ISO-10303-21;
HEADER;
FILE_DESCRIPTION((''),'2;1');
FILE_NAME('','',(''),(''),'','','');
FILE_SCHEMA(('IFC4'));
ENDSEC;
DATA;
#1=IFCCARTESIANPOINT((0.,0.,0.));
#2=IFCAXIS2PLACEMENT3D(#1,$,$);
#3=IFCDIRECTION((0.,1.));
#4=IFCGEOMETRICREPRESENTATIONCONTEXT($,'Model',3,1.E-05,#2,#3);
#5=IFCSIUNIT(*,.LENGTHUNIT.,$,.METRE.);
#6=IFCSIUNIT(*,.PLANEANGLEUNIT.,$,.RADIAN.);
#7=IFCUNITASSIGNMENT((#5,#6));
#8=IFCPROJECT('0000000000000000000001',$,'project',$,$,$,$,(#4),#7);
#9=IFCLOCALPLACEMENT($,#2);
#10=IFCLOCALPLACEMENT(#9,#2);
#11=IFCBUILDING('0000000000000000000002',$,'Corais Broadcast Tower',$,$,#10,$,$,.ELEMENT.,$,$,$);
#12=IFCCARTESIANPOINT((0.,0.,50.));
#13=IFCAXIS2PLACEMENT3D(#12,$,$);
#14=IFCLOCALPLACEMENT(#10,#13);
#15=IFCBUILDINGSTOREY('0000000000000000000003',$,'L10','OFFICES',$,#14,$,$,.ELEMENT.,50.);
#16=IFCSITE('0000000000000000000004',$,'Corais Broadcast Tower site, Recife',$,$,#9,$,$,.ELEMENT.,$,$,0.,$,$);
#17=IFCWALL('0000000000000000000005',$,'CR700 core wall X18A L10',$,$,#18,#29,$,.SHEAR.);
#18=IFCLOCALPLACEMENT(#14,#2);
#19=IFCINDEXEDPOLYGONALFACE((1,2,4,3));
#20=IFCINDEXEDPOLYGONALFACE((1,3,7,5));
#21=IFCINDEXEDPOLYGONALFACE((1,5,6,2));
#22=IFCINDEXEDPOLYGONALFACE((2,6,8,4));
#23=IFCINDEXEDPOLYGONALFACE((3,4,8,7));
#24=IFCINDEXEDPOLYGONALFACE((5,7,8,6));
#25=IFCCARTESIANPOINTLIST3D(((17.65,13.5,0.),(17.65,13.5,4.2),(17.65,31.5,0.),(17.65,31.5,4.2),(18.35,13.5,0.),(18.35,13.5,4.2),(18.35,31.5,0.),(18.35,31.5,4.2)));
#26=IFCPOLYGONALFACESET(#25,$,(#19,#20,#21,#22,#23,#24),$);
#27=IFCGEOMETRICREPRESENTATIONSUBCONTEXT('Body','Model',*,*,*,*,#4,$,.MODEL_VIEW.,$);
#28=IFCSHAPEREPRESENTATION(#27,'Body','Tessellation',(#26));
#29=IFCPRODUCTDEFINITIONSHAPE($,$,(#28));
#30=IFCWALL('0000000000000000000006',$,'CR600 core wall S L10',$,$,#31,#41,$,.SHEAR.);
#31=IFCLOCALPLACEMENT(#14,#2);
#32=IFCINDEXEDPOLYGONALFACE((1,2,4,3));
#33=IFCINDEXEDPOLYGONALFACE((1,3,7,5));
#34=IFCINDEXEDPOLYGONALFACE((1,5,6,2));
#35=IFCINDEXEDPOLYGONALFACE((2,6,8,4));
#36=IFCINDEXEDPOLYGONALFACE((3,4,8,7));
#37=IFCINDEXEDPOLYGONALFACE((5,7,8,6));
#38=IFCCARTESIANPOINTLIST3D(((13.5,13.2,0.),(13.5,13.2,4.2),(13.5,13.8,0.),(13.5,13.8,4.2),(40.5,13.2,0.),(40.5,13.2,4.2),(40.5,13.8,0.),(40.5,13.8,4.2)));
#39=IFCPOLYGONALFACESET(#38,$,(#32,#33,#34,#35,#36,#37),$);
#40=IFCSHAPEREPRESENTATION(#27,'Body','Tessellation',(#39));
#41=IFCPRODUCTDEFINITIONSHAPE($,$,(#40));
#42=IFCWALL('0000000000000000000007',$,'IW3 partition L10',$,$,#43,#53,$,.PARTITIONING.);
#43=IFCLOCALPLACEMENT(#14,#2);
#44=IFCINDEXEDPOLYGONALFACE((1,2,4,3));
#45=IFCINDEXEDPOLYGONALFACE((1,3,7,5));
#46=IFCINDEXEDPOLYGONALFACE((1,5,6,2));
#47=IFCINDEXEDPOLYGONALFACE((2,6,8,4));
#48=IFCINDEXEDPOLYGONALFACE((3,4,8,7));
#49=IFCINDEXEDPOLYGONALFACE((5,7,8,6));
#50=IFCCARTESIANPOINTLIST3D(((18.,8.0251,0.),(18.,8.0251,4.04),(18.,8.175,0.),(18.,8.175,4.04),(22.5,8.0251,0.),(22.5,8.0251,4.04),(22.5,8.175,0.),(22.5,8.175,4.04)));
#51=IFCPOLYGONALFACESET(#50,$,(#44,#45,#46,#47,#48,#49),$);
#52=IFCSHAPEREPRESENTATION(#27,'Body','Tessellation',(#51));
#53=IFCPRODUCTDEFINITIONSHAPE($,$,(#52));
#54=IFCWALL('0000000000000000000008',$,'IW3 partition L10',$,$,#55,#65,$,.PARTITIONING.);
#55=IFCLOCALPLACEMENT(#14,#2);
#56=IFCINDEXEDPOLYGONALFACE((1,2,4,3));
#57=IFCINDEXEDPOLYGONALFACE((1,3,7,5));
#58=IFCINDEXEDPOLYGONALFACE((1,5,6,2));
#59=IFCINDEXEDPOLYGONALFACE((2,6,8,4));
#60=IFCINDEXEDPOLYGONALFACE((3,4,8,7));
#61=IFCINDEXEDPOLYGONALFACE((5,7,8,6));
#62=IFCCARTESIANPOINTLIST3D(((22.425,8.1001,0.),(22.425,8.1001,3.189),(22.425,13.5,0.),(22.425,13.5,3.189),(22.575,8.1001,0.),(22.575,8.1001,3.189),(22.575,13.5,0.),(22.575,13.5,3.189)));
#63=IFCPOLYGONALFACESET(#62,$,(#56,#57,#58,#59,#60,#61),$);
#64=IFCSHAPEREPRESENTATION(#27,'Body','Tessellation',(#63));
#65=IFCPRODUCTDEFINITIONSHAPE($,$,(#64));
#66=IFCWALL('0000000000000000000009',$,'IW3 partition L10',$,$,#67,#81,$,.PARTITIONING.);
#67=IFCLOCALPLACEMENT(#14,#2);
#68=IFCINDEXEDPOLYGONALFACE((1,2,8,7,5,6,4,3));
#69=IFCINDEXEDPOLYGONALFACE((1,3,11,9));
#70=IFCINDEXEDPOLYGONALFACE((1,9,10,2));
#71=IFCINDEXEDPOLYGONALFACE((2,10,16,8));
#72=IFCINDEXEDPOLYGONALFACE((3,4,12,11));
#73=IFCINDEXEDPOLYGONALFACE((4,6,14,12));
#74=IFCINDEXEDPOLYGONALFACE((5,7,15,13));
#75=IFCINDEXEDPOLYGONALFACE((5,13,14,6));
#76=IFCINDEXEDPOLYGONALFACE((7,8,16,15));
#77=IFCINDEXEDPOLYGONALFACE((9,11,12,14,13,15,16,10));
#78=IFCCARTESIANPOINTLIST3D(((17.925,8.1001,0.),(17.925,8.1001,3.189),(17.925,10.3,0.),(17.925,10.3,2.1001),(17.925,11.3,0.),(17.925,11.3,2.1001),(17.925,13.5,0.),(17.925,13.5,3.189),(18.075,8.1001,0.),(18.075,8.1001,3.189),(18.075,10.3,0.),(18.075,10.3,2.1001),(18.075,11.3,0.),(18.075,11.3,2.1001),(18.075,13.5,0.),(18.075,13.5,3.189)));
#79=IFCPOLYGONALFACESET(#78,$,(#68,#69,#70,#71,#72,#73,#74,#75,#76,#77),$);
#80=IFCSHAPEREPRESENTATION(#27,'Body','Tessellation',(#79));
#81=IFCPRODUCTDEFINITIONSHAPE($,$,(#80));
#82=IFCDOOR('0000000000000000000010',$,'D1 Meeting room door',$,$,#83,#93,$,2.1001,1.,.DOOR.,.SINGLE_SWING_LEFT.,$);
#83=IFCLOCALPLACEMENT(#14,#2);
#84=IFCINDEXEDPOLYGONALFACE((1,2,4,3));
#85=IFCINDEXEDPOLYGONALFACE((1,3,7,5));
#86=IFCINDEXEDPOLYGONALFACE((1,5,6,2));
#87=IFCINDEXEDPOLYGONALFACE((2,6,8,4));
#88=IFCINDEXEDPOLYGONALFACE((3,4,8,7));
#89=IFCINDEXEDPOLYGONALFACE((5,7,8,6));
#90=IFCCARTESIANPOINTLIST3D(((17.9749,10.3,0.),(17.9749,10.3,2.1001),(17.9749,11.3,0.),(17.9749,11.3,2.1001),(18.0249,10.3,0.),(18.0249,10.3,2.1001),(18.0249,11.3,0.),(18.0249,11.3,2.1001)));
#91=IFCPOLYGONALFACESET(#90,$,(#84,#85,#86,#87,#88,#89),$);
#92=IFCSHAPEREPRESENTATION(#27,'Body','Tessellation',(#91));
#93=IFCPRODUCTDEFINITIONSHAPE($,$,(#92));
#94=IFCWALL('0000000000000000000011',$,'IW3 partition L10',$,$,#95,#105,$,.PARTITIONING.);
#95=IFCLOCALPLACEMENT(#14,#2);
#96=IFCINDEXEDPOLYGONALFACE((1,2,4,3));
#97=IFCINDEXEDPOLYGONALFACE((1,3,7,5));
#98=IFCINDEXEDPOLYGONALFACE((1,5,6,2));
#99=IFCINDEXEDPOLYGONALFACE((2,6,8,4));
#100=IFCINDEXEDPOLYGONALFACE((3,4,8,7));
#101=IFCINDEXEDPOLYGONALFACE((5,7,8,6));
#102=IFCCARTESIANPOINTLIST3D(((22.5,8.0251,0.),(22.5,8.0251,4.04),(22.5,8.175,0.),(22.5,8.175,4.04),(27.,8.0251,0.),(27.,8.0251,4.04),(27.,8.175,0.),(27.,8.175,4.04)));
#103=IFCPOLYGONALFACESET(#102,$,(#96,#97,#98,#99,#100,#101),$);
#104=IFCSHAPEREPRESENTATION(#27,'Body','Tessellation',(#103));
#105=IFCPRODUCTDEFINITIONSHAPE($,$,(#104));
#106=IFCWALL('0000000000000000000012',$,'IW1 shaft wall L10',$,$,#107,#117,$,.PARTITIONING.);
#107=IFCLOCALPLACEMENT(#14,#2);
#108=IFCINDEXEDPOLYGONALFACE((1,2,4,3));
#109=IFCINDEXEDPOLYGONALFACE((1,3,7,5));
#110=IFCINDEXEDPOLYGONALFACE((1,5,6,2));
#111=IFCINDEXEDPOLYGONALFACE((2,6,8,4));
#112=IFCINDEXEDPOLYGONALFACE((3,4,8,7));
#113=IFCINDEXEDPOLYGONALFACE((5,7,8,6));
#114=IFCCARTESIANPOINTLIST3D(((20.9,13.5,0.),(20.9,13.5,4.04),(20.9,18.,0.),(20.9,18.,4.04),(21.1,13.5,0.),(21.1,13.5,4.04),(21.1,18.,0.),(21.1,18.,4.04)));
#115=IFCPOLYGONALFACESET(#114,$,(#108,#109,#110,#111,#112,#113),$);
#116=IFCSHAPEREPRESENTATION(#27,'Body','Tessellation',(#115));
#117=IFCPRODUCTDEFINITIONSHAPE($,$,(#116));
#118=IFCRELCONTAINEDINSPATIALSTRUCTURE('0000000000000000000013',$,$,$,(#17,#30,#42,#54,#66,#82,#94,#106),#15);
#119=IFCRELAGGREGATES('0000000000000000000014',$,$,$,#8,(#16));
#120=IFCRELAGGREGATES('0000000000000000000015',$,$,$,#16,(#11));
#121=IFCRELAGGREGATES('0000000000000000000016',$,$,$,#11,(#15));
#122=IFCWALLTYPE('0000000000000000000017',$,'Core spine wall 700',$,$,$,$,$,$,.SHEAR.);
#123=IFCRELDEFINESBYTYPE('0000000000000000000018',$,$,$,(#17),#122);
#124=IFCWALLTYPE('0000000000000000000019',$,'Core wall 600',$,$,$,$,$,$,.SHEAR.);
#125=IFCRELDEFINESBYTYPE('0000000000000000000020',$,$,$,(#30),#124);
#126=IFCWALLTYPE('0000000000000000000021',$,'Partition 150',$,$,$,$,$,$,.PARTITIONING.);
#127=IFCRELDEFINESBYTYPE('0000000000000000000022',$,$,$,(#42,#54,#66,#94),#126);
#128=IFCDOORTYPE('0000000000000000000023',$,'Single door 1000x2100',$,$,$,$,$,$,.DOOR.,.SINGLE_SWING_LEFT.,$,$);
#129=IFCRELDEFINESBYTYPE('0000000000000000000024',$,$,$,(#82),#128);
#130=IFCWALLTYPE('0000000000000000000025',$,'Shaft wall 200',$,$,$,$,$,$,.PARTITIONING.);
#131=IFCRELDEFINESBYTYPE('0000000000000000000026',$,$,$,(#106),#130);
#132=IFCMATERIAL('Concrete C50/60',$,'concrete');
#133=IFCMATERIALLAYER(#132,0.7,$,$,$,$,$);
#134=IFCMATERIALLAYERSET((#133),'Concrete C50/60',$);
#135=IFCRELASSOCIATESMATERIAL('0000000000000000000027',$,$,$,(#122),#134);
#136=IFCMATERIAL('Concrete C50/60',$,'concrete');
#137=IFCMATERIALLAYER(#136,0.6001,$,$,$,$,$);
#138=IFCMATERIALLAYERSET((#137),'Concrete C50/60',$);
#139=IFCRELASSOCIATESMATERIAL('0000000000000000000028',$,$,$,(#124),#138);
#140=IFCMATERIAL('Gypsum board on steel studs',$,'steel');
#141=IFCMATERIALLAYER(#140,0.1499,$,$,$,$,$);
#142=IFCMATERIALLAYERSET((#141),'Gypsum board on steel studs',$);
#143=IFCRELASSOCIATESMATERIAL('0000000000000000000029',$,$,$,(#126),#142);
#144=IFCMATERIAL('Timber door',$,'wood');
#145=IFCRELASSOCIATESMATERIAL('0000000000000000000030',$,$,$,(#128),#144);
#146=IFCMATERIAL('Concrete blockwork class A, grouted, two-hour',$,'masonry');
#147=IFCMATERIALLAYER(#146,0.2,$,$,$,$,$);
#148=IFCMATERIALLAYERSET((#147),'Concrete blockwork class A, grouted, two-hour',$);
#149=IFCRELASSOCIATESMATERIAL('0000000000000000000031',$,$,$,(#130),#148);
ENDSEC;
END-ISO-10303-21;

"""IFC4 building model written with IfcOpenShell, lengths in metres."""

from ifc_helpers import new_model, si_unit, direction, frame, frame_2d, origin, place, context, subcontext, project, spatial, rectangle, extrude, material, layer, layer_set, type_object, element, fill, save


model = new_model("IFC4")

# Units and contexts
model_context = context("Model", 3, precision=1e-05, world=origin(), true_north=direction((0.0, 1.0)))
body_context = subcontext(model_context, "Body", "Model", "MODEL_VIEW")
ifc_project = project(units=[si_unit("LENGTHUNIT", "METRE"), si_unit("PLANEANGLEUNIT", "RADIAN")], contexts=[model_context])

# Site, building, storey
site_placement = place(None, origin())
site = spatial("IfcSite", under=ifc_project, at=site_placement, Name="Corais Broadcast Tower site, Recife", CompositionType="ELEMENT", RefElevation=0.0)
building_placement = place(site_placement, origin())
building = spatial("IfcBuilding", under=site, at=building_placement, Name="Corais Broadcast Tower", CompositionType="ELEMENT")
storey_placement = place(building_placement, frame((0.0, 0.0, 50.0)))
storey = spatial("IfcBuildingStorey", under=building, at=storey_placement, Name="L10", Description="OFFICES", CompositionType="ELEMENT", Elevation=50.0)

# Walls
ifc_material_1 = material(Name="Concrete C50/60", Category="concrete")
ifc_layer_1 = layer(ifc_material_1, 0.7)
ifc_layer_set_1 = layer_set([ifc_layer_1], Name="Concrete C50/60")
wall_type_1 = type_object("IfcWallType", Name="Core spine wall 700", PredefinedType="SHEAR", material=ifc_layer_set_1)
wall_1_placement = place(storey_placement, frame((18.0, 13.5, 0.0), z_axis=(0.0, 0.0, 1.0), x_axis=(0.0, 1.0, 0.0)))
element("IfcWall", 1, at=wall_1_placement, inside=storey, type_object=wall_type_1, Name="CR700 core wall X18A L10", PredefinedType="SHEAR", context=body_context, shape_type="SweptSolid", body=[
    extrude(rectangle(XDim=18.0, YDim=0.7, at=frame_2d((9.0, 0.0))), origin(), (0.0, 0.0, 1.0), 4.2),
])
ifc_material_2 = material(Name="Concrete C50/60", Category="concrete")
ifc_layer_2 = layer(ifc_material_2, 0.6001)
ifc_layer_set_2 = layer_set([ifc_layer_2], Name="Concrete C50/60")
wall_type_2 = type_object("IfcWallType", Name="Core wall 600", PredefinedType="SHEAR", material=ifc_layer_set_2)
wall_2_placement = place(storey_placement, frame((13.5, 13.5, 0.0), z_axis=(0.0, 0.0, 1.0), x_axis=(1.0, 0.0, 0.0)))
element("IfcWall", 2, at=wall_2_placement, inside=storey, type_object=wall_type_2, Name="CR600 core wall S L10", PredefinedType="SHEAR", context=body_context, shape_type="SweptSolid", body=[
    extrude(rectangle(XDim=27.0, YDim=0.6001, at=frame_2d((13.5, 0.0))), origin(), (0.0, 0.0, 1.0), 4.2),
])
ifc_material_3 = material(Name="Gypsum board on steel studs", Category="steel")
ifc_layer_3 = layer(ifc_material_3, 0.1499)
ifc_layer_set_3 = layer_set([ifc_layer_3], Name="Gypsum board on steel studs")
wall_type_3 = type_object("IfcWallType", Name="Partition 150", PredefinedType="PARTITIONING", material=ifc_layer_set_3)
wall_3_placement = place(storey_placement, frame((18.0, 8.1001, 0.0), z_axis=(0.0, 0.0, 1.0), x_axis=(1.0, 0.0, 0.0)))
element("IfcWall", 3, at=wall_3_placement, inside=storey, type_object=wall_type_3, Name="IW3 partition L10", PredefinedType="PARTITIONING", context=body_context, shape_type="SweptSolid", body=[
    extrude(rectangle(XDim=4.5, YDim=0.1499, at=frame_2d((2.25, 0.0))), origin(), (0.0, 0.0, 1.0), 4.04),
])
wall_4_placement = place(storey_placement, frame((22.5, 8.1001, 0.0), z_axis=(0.0, 0.0, 1.0), x_axis=(0.0, 1.0, 0.0)))
element("IfcWall", 4, at=wall_4_placement, inside=storey, type_object=wall_type_3, Name="IW3 partition L10", PredefinedType="PARTITIONING", context=body_context, shape_type="SweptSolid", body=[
    extrude(rectangle(XDim=5.3999, YDim=0.1499, at=frame_2d((2.7, 0.0))), origin(), (0.0, 0.0, 1.0), 3.189),
])

# Wall, opening, door
wall_5_placement = place(storey_placement, frame((18.0, 13.5, 0.0), z_axis=(0.0, 0.0, 1.0), x_axis=(0.0, -1.0, 0.0)))
wall_5 = element("IfcWall", 5, at=wall_5_placement, inside=storey, type_object=wall_type_3, Name="IW3 partition L10", PredefinedType="PARTITIONING", context=body_context, shape_type="SweptSolid", body=[
    extrude(rectangle(XDim=5.3999, YDim=0.1499, at=frame_2d((2.7, 0.0))), origin(), (0.0, 0.0, 1.0), 3.189),
])
opening_placement = place(wall_5_placement, frame((2.2, 0.0, 0.0)))
opening = element("IfcOpeningElement", 6, at=opening_placement, cuts=wall_5, PredefinedType="OPENING", context=body_context, shape_type="SweptSolid", body=[
    extrude(rectangle(XDim=1.0, YDim=2.1001, at=frame_2d((0.5, 1.05))), frame((0.0, 0.085, 0.0), z_axis=(0.0, -1.0, 0.0), x_axis=(1.0, 0.0, 0.0)), (0.0, 0.0, 1.0), 0.1699),
])
ifc_material_4 = material(Name="Timber door", Category="wood")
door_type = type_object("IfcDoorType", Name="Single door 1000x2100", OperationType="SINGLE_SWING_LEFT", PredefinedType="DOOR", material=ifc_material_4)
door_placement = place(opening_placement, origin())
door = element("IfcDoor", 7, at=door_placement, inside=storey, type_object=door_type, Name="D1 Meeting room door", OperationType="SINGLE_SWING_LEFT", OverallHeight=2.1001, OverallWidth=1.0, PredefinedType="DOOR", context=body_context, shape_type="SweptSolid", body=[
    extrude(rectangle(XDim=1.0, YDim=2.1001, at=frame_2d((0.5, 1.05))), frame((0.0, 0.0249, 0.0), z_axis=(0.0, -1.0, 0.0), x_axis=(1.0, 0.0, 0.0)), (0.0, 0.0, 1.0), 0.05),
])
fill(opening, door)

# Walls
wall_6_placement = place(storey_placement, frame((22.5, 8.1001, 0.0), z_axis=(0.0, 0.0, 1.0), x_axis=(1.0, 0.0, 0.0)))
element("IfcWall", 8, at=wall_6_placement, inside=storey, type_object=wall_type_3, Name="IW3 partition L10", PredefinedType="PARTITIONING", context=body_context, shape_type="SweptSolid", body=[
    extrude(rectangle(XDim=4.5, YDim=0.1499, at=frame_2d((2.25, 0.0))), origin(), (0.0, 0.0, 1.0), 4.04),
])
ifc_material_5 = material(Name="Concrete blockwork class A, grouted, two-hour", Category="masonry")
ifc_layer_4 = layer(ifc_material_5, 0.2)
ifc_layer_set_4 = layer_set([ifc_layer_4], Name="Concrete blockwork class A, grouted, two-hour")
wall_type_4 = type_object("IfcWallType", Name="Shaft wall 200", PredefinedType="PARTITIONING", material=ifc_layer_set_4)
wall_7_placement = place(storey_placement, frame((21.0, 13.5, 0.0), z_axis=(0.0, 0.0, 1.0), x_axis=(0.0, 1.0, 0.0)))
element("IfcWall", 9, at=wall_7_placement, inside=storey, type_object=wall_type_4, Name="IW1 shaft wall L10", PredefinedType="PARTITIONING", context=body_context, shape_type="SweptSolid", body=[
    extrude(rectangle(XDim=4.5, YDim=0.2, at=frame_2d((2.25, 0.0))), origin(), (0.0, 0.0, 1.0), 4.04),
])

save(model, "model.ifc")
